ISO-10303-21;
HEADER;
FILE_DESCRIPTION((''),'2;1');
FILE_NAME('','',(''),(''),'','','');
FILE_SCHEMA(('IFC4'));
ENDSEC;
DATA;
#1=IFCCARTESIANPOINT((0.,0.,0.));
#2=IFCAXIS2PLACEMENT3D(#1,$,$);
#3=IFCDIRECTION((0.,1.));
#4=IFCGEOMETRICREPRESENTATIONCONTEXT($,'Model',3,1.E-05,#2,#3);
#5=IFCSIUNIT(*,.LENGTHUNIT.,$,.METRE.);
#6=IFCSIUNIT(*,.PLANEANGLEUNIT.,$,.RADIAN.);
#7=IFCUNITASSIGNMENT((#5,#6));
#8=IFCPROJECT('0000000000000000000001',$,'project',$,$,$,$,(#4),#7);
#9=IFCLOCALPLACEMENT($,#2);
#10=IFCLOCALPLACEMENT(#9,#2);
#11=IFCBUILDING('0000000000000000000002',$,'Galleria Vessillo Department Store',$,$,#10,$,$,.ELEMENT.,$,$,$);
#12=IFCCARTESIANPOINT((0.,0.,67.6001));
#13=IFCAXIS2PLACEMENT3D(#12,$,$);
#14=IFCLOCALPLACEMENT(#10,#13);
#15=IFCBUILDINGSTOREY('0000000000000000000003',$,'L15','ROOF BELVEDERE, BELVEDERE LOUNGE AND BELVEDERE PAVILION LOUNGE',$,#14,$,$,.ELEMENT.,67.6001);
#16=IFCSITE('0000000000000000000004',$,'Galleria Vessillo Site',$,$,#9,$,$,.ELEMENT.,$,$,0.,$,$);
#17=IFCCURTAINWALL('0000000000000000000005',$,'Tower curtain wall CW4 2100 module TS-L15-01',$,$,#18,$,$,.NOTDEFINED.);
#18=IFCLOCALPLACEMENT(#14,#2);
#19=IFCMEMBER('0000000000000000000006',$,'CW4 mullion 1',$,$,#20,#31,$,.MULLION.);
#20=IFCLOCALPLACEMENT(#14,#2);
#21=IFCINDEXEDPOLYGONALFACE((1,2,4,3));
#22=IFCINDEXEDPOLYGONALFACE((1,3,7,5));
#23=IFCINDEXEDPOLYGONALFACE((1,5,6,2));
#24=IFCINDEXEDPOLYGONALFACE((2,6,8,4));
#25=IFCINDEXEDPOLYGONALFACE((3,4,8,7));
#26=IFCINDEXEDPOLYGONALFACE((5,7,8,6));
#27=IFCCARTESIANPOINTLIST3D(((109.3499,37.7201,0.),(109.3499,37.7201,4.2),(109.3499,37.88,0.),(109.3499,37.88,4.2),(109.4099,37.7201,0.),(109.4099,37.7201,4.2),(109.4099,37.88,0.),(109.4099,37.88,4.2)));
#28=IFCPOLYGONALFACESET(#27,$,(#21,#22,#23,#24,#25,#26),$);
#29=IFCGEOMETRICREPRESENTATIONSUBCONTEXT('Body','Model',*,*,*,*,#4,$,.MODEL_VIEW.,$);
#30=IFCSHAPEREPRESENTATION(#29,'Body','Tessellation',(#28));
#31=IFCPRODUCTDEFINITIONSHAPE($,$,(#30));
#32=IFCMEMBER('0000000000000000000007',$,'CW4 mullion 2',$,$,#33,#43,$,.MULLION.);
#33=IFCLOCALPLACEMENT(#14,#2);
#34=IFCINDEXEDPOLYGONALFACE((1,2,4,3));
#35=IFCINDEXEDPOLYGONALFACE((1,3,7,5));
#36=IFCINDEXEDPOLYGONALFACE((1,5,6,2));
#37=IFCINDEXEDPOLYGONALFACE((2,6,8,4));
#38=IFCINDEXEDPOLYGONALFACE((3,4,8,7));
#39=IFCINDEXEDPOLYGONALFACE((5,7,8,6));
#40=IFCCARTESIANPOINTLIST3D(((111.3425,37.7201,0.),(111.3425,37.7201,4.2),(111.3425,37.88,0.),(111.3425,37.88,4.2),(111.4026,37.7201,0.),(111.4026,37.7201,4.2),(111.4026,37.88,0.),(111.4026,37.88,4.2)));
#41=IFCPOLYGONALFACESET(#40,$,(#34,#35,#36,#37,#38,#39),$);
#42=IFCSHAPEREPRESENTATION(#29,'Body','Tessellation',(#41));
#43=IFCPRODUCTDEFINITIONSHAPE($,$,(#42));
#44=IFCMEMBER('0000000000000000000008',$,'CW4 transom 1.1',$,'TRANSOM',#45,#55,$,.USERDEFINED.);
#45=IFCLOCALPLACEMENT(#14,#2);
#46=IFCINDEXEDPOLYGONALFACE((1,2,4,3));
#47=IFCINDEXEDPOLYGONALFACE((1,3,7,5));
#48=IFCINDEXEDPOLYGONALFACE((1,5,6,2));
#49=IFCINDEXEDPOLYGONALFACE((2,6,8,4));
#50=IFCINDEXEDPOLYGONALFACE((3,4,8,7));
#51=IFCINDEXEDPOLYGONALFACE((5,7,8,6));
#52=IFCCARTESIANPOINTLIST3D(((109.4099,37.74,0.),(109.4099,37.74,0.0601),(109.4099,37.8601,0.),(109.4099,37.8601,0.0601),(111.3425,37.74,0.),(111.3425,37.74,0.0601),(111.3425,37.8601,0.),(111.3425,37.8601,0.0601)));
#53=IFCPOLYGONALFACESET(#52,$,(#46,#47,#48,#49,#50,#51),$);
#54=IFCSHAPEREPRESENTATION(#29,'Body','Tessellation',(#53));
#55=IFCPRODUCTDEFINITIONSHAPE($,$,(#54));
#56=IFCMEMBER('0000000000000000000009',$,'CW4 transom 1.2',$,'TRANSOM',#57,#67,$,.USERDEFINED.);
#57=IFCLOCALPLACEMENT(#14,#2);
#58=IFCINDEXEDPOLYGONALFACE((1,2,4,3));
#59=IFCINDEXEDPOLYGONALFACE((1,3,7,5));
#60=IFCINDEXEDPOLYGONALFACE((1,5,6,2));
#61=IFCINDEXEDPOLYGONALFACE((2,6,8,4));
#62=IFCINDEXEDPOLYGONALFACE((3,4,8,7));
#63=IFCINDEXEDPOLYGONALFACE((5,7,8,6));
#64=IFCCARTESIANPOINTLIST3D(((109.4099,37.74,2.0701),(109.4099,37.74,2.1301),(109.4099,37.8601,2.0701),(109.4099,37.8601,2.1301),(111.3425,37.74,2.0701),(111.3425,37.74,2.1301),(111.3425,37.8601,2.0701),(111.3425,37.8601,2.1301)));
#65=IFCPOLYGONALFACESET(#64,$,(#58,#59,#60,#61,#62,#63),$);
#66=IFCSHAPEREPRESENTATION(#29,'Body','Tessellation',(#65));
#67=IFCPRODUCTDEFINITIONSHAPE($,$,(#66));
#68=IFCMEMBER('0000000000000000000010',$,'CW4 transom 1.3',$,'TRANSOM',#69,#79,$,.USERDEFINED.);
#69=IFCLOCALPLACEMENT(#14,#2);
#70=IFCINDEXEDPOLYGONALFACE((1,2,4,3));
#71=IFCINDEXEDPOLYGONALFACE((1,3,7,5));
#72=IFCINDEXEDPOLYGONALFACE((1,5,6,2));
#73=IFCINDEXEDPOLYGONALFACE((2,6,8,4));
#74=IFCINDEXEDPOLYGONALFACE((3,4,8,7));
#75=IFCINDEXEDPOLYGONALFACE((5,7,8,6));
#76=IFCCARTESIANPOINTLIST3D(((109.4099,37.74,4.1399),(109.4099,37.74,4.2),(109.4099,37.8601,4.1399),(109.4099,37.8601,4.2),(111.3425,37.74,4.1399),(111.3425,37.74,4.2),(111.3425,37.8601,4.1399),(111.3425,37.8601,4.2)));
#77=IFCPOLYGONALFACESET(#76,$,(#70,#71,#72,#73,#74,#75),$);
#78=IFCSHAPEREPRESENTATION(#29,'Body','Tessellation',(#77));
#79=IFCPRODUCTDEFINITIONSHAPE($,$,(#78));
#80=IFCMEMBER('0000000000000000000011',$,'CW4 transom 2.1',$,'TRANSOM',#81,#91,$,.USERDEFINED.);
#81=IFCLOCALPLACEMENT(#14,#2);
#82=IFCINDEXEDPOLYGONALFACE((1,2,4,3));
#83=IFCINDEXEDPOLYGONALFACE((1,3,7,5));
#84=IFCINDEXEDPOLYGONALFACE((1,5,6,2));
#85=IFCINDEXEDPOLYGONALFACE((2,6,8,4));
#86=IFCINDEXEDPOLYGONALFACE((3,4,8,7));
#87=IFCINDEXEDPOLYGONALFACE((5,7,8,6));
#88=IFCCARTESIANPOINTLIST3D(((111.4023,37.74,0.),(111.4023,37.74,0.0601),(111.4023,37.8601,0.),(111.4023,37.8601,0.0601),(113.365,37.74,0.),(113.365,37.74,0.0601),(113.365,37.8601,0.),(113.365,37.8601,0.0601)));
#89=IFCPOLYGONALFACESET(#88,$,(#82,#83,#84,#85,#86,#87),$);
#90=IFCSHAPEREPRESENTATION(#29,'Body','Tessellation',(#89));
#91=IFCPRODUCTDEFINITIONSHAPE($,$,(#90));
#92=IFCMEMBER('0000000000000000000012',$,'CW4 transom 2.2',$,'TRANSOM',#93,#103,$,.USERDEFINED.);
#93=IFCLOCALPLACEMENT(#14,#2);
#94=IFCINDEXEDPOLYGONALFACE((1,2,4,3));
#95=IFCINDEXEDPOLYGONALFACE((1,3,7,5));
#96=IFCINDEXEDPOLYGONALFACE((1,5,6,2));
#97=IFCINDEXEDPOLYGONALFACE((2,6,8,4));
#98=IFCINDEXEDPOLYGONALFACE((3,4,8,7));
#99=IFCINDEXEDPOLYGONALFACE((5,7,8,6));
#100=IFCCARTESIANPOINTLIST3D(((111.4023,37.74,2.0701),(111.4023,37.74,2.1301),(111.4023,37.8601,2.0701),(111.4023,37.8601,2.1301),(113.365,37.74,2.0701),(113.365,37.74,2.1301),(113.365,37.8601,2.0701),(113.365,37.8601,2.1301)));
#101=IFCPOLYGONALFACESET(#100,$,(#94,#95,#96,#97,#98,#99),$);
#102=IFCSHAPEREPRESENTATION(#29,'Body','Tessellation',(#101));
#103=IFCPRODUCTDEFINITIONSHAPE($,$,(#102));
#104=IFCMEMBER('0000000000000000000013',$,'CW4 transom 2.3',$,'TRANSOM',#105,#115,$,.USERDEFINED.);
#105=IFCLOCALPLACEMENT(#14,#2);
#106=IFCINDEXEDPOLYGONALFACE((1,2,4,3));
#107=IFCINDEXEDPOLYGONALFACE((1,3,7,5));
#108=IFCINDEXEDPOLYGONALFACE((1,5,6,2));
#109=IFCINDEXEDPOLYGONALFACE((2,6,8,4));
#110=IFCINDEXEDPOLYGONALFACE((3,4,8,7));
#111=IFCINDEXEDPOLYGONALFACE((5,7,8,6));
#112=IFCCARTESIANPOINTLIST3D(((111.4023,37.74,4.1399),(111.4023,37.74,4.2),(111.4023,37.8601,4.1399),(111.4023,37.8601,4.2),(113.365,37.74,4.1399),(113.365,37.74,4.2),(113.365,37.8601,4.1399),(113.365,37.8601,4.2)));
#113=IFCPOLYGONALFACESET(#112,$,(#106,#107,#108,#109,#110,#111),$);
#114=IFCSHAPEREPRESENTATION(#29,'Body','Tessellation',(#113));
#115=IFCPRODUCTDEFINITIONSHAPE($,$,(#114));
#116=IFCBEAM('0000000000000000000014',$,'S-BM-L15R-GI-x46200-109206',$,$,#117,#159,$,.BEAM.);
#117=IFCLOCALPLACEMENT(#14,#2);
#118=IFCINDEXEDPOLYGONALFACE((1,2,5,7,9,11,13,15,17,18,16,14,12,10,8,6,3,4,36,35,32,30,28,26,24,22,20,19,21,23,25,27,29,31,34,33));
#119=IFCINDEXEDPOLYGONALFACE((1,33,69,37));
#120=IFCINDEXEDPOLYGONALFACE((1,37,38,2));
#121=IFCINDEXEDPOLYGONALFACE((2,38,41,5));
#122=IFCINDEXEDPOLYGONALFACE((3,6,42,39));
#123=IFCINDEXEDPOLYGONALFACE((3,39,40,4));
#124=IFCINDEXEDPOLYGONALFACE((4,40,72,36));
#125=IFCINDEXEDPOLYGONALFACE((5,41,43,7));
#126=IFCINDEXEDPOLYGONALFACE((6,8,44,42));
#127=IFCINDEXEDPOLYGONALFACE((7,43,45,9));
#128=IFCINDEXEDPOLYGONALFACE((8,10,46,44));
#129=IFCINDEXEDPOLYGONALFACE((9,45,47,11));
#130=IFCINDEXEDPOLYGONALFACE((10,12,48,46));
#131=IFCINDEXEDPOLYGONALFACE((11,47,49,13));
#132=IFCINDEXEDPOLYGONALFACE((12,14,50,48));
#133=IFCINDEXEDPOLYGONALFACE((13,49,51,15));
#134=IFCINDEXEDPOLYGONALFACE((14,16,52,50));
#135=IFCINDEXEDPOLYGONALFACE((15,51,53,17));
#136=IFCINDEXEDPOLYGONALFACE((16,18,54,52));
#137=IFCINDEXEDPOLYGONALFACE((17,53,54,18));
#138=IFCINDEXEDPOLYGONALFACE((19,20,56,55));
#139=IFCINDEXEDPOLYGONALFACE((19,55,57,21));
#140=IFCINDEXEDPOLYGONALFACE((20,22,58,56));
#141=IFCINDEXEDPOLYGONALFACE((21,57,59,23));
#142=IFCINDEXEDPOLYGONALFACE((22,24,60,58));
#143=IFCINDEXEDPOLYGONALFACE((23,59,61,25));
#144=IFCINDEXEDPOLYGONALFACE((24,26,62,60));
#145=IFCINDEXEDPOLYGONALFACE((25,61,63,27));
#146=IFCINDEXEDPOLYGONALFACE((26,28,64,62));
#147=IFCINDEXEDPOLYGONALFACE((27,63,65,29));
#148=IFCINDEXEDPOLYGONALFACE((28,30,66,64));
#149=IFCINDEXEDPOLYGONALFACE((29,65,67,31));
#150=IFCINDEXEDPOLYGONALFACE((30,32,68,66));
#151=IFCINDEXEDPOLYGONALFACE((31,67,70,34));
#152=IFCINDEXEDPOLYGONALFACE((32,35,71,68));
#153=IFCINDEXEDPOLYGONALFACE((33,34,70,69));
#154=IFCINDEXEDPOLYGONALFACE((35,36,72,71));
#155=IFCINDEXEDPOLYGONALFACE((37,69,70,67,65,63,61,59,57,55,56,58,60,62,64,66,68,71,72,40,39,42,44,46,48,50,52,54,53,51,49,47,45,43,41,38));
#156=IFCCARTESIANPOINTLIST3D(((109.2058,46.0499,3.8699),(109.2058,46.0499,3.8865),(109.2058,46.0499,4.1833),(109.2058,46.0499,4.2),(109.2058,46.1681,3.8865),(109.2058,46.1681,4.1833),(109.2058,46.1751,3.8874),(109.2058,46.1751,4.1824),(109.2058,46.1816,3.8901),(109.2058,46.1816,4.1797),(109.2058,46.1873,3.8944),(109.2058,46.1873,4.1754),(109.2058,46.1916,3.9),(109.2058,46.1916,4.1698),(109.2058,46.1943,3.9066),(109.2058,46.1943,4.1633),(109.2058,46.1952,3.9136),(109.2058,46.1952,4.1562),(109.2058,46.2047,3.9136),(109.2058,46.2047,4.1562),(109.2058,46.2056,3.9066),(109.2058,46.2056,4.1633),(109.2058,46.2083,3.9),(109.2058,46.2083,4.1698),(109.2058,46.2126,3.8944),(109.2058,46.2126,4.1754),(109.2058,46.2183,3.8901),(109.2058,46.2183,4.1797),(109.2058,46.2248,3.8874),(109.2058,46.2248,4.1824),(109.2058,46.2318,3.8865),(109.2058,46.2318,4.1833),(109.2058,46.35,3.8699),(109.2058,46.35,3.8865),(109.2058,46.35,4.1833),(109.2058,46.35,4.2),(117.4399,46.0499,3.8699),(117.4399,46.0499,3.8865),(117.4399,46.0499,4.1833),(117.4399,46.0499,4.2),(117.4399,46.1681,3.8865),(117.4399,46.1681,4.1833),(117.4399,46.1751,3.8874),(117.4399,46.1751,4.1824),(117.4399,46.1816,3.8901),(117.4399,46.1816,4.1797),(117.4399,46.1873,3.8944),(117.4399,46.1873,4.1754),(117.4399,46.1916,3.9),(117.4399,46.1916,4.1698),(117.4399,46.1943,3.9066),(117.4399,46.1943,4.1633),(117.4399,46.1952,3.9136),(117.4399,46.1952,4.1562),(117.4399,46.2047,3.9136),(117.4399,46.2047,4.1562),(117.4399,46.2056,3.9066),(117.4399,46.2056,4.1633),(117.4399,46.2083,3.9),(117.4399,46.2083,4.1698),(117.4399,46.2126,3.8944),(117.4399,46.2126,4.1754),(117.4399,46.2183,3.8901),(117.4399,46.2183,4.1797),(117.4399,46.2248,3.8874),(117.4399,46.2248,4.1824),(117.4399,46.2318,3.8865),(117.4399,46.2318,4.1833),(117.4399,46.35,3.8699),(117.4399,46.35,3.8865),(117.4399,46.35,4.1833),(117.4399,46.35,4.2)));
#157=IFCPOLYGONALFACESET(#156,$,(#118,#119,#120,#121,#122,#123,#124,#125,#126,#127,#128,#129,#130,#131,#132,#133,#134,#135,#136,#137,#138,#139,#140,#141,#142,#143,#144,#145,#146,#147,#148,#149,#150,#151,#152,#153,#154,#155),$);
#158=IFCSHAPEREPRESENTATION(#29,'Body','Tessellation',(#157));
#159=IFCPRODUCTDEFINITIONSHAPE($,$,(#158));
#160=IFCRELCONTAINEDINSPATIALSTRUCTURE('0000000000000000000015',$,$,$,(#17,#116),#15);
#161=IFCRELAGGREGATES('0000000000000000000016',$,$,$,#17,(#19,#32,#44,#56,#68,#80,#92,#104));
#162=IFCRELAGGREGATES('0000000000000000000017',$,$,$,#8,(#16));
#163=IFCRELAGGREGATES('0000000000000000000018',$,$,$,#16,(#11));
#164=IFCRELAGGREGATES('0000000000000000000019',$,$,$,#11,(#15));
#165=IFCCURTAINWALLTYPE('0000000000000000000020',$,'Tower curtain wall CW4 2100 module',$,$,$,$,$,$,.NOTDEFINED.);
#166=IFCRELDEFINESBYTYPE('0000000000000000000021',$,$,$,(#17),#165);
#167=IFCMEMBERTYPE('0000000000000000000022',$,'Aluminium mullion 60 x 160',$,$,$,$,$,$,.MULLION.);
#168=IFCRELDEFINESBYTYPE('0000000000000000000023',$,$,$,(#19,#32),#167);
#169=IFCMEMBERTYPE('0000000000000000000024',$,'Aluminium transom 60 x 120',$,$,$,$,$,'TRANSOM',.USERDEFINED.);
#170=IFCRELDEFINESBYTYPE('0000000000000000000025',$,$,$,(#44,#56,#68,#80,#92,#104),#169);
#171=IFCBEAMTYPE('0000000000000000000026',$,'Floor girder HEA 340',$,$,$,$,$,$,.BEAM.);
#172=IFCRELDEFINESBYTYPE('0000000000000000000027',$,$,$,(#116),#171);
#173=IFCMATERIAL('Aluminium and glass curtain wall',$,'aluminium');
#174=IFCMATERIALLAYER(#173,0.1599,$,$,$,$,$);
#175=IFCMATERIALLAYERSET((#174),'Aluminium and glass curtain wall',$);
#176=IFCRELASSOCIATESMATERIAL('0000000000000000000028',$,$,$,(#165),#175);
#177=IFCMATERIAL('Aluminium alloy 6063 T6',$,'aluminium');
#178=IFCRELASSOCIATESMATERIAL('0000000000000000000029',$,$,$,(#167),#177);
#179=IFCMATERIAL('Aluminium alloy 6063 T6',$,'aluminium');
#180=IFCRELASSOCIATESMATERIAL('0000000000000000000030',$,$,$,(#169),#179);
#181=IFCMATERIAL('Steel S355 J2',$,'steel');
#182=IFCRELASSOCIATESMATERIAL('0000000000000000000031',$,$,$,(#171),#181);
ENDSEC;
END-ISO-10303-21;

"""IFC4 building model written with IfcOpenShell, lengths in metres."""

from ifc_helpers import new_model, si_unit, direction, frame, origin, origin_2d, place, context, subcontext, project, spatial, rectangle, i_section, extrude, material, layer, layer_set, material_profile, profile_set, type_object, element, aggregate, save


model = new_model("IFC4")

# Units and contexts
model_context = context("Model", 3, precision=1e-05, world=origin(), true_north=direction((0.0, 1.0)))
body_context = subcontext(model_context, "Body", "Model", "MODEL_VIEW")
ifc_project = project(units=[si_unit("LENGTHUNIT", "METRE"), si_unit("PLANEANGLEUNIT", "RADIAN")], contexts=[model_context])

# Site, building, storey
site_placement = place(None, origin())
site = spatial("IfcSite", under=ifc_project, at=site_placement, Name="Galleria Vessillo Site", CompositionType="ELEMENT", RefElevation=0.0)
building_placement = place(site_placement, origin())
building = spatial("IfcBuilding", under=site, at=building_placement, Name="Galleria Vessillo Department Store", CompositionType="ELEMENT")
storey_placement = place(building_placement, frame((0.0, 0.0, 67.6001)))
storey = spatial("IfcBuildingStorey", under=building, at=storey_placement, Name="L15", Description="ROOF BELVEDERE, BELVEDERE LOUNGE AND BELVEDERE PAVILION LOUNGE", CompositionType="ELEMENT", Elevation=67.6001)

# Curtain wall, members
ifc_material_1 = material(Name="Aluminium and glass curtain wall", Category="aluminium")
ifc_layer_1 = layer(ifc_material_1, 0.1599)
ifc_layer_set_1 = layer_set([ifc_layer_1], Name="Aluminium and glass curtain wall")
curtain_wall_type = type_object("IfcCurtainWallType", Name="Tower curtain wall CW4 2100 module", PredefinedType="NOTDEFINED", material=ifc_layer_set_1)
curtain_wall_placement = place(storey_placement, origin())
curtain_wall = element("IfcCurtainWall", 1, at=curtain_wall_placement, inside=storey, type_object=curtain_wall_type, Name="Tower curtain wall CW4 2100 module TS-L15-01", PredefinedType="NOTDEFINED")
ifc_material_2 = material(Name="Aluminium alloy 6063 T6", Category="aluminium")
ifc_material_profile_1 = material_profile(ifc_material_2, rectangle(XDim=0.1599, YDim=0.0601, at=origin_2d()), Name="AL 60x160")
ifc_profile_set_1 = profile_set([ifc_material_profile_1], Name="Aluminium alloy 6063 T6")
member_type_1 = type_object("IfcMemberType", Name="Aluminium mullion 60 x 160", PredefinedType="MULLION", material=ifc_profile_set_1)
member_1_placement = place(storey_placement, frame((109.3799, 37.8, 0.0), z_axis=(0.0, 0.0, 1.0), x_axis=(0.0, 1.0, 0.0)))
member_1 = element("IfcMember", 2, at=member_1_placement, type_object=member_type_1, Name="CW4 mullion 1", PredefinedType="MULLION", context=body_context, shape_type="SweptSolid", body=[
    extrude(rectangle(XDim=0.1599, YDim=0.0601, at=origin_2d()), origin(), (0.0, 0.0, 1.0), 4.2),
])
member_2_placement = place(storey_placement, frame((111.3726, 37.8, 0.0), z_axis=(0.0, 0.0, 1.0), x_axis=(0.0, 1.0, 0.0)))
member_2 = element("IfcMember", 3, at=member_2_placement, type_object=member_type_1, Name="CW4 mullion 2", PredefinedType="MULLION", context=body_context, shape_type="SweptSolid", body=[
    extrude(rectangle(XDim=0.1599, YDim=0.0601, at=origin_2d()), origin(), (0.0, 0.0, 1.0), 4.2),
])
ifc_material_3 = material(Name="Aluminium alloy 6063 T6", Category="aluminium")
ifc_material_profile_2 = material_profile(ifc_material_3, rectangle(XDim=0.1201, YDim=0.0601, at=origin_2d()), Name="AL 60x120")
ifc_profile_set_2 = profile_set([ifc_material_profile_2], Name="Aluminium alloy 6063 T6")
member_type_2 = type_object("IfcMemberType", Name="Aluminium transom 60 x 120", ElementType="TRANSOM", PredefinedType="USERDEFINED", material=ifc_profile_set_2)
member_3_placement = place(storey_placement, frame((109.4099, 37.8, 0.03), z_axis=(1.0, 0.0, 0.0), x_axis=(0.0, 1.0, 0.0)))
member_3 = element("IfcMember", 4, at=member_3_placement, type_object=member_type_2, Name="CW4 transom 1.1", ObjectType="TRANSOM", PredefinedType="USERDEFINED", context=body_context, shape_type="SweptSolid", body=[
    extrude(rectangle(XDim=0.1201, YDim=0.0601, at=origin_2d()), origin(), (0.0, 0.0, 1.0), 1.9326),
])
member_4_placement = place(storey_placement, frame((109.4099, 37.8, 2.1001), z_axis=(1.0, 0.0, 0.0), x_axis=(0.0, 1.0, 0.0)))
member_4 = element("IfcMember", 5, at=member_4_placement, type_object=member_type_2, Name="CW4 transom 1.2", ObjectType="TRANSOM", PredefinedType="USERDEFINED", context=body_context, shape_type="SweptSolid", body=[
    extrude(rectangle(XDim=0.1201, YDim=0.0601, at=origin_2d()), origin(), (0.0, 0.0, 1.0), 1.9326),
])
member_5_placement = place(storey_placement, frame((109.4099, 37.8, 4.1699), z_axis=(1.0, 0.0, 0.0), x_axis=(0.0, 1.0, 0.0)))
member_5 = element("IfcMember", 6, at=member_5_placement, type_object=member_type_2, Name="CW4 transom 1.3", ObjectType="TRANSOM", PredefinedType="USERDEFINED", context=body_context, shape_type="SweptSolid", body=[
    extrude(rectangle(XDim=0.1201, YDim=0.0601, at=origin_2d()), origin(), (0.0, 0.0, 1.0), 1.9326),
])
member_6_placement = place(storey_placement, frame((111.4023, 37.8, 0.03), z_axis=(1.0, 0.0, 0.0), x_axis=(0.0, 1.0, 0.0)))
member_6 = element("IfcMember", 7, at=member_6_placement, type_object=member_type_2, Name="CW4 transom 2.1", ObjectType="TRANSOM", PredefinedType="USERDEFINED", context=body_context, shape_type="SweptSolid", body=[
    extrude(rectangle(XDim=0.1201, YDim=0.0601, at=origin_2d()), origin(), (0.0, 0.0, 1.0), 1.9626),
])
member_7_placement = place(storey_placement, frame((111.4023, 37.8, 2.1001), z_axis=(1.0, 0.0, 0.0), x_axis=(0.0, 1.0, 0.0)))
member_7 = element("IfcMember", 8, at=member_7_placement, type_object=member_type_2, Name="CW4 transom 2.2", ObjectType="TRANSOM", PredefinedType="USERDEFINED", context=body_context, shape_type="SweptSolid", body=[
    extrude(rectangle(XDim=0.1201, YDim=0.0601, at=origin_2d()), origin(), (0.0, 0.0, 1.0), 1.9626),
])
member_8_placement = place(storey_placement, frame((111.4023, 37.8, 4.1699), z_axis=(1.0, 0.0, 0.0), x_axis=(0.0, 1.0, 0.0)))
member_8 = element("IfcMember", 9, at=member_8_placement, type_object=member_type_2, Name="CW4 transom 2.3", ObjectType="TRANSOM", PredefinedType="USERDEFINED", context=body_context, shape_type="SweptSolid", body=[
    extrude(rectangle(XDim=0.1201, YDim=0.0601, at=origin_2d()), origin(), (0.0, 0.0, 1.0), 1.9626),
])

# Beam
ifc_material_4 = material(Name="Steel S355 J2", Category="steel")
ifc_material_profile_3 = material_profile(ifc_material_4, i_section(OverallWidth=0.3, OverallDepth=0.3301, WebThickness=0.0095, FlangeThickness=0.0166, FilletRadius=0.0271, at=origin_2d()), Name="HEA 340")
ifc_profile_set_3 = profile_set([ifc_material_profile_3], Name="Steel S355 J2")
beam_type_1 = type_object("IfcBeamType", Name="Floor girder HEA 340", PredefinedType="BEAM", material=ifc_profile_set_3)
beam_1_placement = place(storey_placement, frame((109.2058, 46.2, 4.0349), z_axis=(1.0, 0.0, 0.0), x_axis=(0.0, 1.0, 0.0)))
element("IfcBeam", 10, at=beam_1_placement, inside=storey, type_object=beam_type_1, Name="S-BM-L15R-GI-x46200-109206", PredefinedType="BEAM", context=body_context, shape_type="SweptSolid", body=[
    extrude(i_section(OverallWidth=0.3, OverallDepth=0.3301, WebThickness=0.0095, FlangeThickness=0.0166, FilletRadius=0.0271, at=origin_2d()), origin(), (0.0, 0.0, 1.0), 8.2341),
])

aggregate(curtain_wall, [member_1, member_2, member_3, member_4, member_5, member_6, member_7, member_8])

save(model, "model.ifc")
